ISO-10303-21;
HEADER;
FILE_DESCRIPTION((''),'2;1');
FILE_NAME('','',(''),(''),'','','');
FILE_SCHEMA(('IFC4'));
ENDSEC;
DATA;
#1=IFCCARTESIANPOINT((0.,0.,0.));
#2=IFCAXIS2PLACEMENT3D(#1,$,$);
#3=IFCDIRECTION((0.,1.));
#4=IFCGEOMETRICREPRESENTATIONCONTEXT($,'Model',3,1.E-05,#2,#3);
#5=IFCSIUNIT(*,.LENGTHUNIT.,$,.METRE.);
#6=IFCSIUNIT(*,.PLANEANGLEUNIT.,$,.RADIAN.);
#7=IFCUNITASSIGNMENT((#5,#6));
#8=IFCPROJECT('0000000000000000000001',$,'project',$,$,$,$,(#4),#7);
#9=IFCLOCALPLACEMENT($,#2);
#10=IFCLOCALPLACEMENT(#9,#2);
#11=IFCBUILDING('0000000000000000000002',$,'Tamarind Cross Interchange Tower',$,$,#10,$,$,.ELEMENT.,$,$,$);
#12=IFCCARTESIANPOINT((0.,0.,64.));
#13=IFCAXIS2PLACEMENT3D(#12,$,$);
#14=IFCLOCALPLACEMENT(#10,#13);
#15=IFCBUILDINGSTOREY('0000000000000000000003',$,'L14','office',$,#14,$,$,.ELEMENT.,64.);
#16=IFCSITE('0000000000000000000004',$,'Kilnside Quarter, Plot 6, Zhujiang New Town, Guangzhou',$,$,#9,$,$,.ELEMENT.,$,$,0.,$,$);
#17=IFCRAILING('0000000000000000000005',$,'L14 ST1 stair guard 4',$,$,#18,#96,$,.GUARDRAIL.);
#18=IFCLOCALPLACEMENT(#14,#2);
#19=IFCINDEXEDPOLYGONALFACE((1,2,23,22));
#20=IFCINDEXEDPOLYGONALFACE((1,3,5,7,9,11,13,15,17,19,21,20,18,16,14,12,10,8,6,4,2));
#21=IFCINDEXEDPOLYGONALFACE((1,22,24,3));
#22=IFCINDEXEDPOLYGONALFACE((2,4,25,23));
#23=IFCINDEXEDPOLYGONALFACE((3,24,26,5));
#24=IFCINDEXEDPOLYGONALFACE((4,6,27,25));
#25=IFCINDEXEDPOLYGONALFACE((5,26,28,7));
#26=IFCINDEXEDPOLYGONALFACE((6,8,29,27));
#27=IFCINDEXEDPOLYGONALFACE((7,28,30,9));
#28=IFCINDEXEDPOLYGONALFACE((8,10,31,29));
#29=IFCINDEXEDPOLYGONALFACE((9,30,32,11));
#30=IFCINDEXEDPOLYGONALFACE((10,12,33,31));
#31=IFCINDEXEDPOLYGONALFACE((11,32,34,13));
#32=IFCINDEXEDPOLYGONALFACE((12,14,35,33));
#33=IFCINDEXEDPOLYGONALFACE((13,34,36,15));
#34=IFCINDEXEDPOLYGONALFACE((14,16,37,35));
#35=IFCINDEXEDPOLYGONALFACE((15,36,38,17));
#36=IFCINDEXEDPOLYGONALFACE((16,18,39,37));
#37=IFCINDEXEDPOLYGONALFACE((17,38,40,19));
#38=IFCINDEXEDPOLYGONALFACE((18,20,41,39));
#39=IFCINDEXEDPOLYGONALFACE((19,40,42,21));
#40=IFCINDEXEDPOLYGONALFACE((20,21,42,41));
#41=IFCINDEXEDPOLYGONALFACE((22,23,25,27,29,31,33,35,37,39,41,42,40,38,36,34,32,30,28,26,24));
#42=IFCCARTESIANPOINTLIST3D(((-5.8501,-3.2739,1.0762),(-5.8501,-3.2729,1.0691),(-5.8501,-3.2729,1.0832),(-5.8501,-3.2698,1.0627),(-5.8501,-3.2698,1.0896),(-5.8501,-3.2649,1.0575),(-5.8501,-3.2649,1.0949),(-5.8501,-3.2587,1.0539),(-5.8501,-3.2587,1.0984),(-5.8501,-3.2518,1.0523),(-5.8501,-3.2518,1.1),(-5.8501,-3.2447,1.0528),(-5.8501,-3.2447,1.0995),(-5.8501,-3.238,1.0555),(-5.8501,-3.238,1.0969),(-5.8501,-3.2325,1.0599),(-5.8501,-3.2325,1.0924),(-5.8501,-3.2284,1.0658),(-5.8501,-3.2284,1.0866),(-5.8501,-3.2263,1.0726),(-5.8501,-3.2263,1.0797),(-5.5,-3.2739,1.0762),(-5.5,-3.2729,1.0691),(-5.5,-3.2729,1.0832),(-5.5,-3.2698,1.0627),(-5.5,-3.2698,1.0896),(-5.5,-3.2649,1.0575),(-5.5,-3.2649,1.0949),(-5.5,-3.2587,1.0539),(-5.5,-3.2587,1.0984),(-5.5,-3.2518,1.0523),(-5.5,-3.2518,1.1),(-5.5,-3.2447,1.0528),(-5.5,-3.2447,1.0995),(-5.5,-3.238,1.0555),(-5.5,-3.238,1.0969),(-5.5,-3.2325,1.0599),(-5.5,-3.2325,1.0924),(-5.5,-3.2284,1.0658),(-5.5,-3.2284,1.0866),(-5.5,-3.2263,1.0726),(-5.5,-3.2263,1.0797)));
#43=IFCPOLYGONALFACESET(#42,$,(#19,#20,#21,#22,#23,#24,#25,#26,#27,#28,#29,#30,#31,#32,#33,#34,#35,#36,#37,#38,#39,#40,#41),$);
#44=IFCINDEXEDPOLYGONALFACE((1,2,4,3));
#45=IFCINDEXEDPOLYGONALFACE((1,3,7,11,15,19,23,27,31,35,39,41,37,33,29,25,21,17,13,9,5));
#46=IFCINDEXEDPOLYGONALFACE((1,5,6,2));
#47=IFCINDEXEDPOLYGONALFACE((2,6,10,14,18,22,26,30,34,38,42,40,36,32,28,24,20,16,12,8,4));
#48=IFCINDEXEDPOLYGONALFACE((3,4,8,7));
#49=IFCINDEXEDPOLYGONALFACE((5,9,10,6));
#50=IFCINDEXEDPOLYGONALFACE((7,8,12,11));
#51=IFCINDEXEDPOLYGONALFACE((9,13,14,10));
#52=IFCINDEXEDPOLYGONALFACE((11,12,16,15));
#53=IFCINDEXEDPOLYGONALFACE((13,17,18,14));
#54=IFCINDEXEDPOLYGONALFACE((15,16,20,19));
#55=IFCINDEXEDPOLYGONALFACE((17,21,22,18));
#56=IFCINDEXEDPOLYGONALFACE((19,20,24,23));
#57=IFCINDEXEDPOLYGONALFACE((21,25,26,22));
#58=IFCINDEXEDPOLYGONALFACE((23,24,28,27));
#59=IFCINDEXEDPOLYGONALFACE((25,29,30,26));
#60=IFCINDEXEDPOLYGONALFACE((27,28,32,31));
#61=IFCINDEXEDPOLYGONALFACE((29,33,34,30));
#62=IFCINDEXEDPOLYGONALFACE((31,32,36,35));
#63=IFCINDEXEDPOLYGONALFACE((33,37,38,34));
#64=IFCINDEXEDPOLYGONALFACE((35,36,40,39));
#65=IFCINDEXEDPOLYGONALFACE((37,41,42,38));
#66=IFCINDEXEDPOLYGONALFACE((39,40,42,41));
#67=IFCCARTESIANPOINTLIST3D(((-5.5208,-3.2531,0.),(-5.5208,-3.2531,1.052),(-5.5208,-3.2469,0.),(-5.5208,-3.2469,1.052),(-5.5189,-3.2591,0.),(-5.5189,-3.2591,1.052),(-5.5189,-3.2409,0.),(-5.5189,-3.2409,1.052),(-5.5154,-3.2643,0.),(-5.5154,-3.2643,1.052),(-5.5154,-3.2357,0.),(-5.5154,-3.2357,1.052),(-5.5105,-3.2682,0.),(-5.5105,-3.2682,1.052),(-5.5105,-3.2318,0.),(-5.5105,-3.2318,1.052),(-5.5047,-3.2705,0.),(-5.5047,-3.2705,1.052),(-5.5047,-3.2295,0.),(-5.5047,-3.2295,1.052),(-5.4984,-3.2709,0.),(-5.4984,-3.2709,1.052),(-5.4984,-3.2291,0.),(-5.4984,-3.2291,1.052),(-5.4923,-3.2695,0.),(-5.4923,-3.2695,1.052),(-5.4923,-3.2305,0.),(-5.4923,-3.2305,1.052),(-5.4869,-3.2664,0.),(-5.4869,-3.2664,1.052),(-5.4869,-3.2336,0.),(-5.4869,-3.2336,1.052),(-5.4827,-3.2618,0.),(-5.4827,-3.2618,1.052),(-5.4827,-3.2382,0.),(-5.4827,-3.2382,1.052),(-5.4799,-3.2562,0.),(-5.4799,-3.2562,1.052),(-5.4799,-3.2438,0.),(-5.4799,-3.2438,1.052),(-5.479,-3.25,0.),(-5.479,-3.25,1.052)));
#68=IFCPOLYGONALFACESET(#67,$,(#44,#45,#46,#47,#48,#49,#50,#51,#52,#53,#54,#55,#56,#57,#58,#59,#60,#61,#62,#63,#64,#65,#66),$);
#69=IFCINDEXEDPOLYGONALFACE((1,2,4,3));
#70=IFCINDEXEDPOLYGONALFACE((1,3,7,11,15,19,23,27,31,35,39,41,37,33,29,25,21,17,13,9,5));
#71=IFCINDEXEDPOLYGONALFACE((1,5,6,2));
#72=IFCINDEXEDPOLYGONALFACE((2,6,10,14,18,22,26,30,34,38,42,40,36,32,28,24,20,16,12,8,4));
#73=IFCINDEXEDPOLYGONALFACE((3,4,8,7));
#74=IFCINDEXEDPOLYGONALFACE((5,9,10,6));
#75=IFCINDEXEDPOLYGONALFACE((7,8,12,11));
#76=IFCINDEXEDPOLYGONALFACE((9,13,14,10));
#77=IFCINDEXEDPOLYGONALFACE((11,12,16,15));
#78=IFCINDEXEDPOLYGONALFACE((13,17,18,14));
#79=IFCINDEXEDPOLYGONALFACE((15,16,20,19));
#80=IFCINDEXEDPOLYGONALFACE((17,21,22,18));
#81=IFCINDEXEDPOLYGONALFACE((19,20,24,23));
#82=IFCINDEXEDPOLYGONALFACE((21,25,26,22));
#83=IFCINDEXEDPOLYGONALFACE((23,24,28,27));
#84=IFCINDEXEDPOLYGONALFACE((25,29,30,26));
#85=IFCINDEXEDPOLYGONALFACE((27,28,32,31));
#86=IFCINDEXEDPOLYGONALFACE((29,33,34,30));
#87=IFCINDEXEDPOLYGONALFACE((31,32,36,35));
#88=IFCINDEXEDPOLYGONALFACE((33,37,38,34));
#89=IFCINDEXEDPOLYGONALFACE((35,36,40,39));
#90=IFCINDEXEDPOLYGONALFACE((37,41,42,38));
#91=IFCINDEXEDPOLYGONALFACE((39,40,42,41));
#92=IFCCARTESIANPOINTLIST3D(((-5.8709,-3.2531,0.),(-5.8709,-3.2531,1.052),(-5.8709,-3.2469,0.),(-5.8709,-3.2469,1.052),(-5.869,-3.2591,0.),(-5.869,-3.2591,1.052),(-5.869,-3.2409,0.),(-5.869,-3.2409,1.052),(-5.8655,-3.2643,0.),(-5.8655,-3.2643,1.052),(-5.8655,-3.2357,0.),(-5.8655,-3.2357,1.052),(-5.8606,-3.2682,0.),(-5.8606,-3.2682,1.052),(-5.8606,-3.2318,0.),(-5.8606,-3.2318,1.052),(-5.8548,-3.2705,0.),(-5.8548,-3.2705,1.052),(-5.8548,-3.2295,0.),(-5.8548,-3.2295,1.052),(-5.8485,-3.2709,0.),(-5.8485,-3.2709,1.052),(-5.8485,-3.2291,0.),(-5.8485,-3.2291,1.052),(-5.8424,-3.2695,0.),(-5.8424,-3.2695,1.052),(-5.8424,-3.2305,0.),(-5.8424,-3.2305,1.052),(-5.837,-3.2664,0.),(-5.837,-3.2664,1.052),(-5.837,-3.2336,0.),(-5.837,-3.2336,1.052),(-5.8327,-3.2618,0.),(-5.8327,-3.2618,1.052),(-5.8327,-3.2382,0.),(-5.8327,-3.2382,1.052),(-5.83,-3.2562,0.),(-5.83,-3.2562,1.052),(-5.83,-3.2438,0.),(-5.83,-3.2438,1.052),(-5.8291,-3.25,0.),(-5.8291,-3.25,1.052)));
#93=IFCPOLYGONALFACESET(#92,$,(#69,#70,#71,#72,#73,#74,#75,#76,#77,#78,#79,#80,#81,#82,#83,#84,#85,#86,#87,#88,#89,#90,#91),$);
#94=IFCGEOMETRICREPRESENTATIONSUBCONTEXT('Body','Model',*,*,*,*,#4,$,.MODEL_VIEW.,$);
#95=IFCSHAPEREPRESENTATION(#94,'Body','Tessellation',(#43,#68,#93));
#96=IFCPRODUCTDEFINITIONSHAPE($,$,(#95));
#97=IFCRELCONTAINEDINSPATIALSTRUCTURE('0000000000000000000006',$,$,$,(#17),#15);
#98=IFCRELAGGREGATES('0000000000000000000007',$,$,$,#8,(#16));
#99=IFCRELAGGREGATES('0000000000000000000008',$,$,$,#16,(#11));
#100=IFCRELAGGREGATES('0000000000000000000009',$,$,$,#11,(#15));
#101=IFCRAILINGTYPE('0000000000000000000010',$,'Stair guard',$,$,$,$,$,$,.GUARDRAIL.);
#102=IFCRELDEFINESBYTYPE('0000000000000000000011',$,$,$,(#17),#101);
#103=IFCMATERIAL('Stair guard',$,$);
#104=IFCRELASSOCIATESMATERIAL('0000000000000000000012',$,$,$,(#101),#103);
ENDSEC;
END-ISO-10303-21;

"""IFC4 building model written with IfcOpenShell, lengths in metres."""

from ifc_helpers import new_model, si_unit, direction, frame, origin, origin_2d, place, context, subcontext, project, spatial, circle, extrude, material, type_object, element, save


model = new_model("IFC4")

# Units and contexts
model_context = context("Model", 3, precision=1e-05, world=origin(), true_north=direction((0.0, 1.0)))
body_context = subcontext(model_context, "Body", "Model", "MODEL_VIEW")
ifc_project = project(units=[si_unit("LENGTHUNIT", "METRE"), si_unit("PLANEANGLEUNIT", "RADIAN")], contexts=[model_context])

# Site, building, storey
site_placement = place(None, origin())
site = spatial("IfcSite", under=ifc_project, at=site_placement, Name="Kilnside Quarter, Plot 6, Zhujiang New Town, Guangzhou", CompositionType="ELEMENT", RefElevation=0.0)
building_placement = place(site_placement, origin())
building = spatial("IfcBuilding", under=site, at=building_placement, Name="Tamarind Cross Interchange Tower", CompositionType="ELEMENT")
storey_placement = place(building_placement, frame((0.0, 0.0, 64.0)))
storey = spatial("IfcBuildingStorey", under=building, at=storey_placement, Name="L14", Description="office", CompositionType="ELEMENT", Elevation=64.0)

# Railing
ifc_material_1 = material(Name="Stair guard")
railing_type_1 = type_object("IfcRailingType", Name="Stair guard", PredefinedType="GUARDRAIL", material=ifc_material_1)
railing_1_placement = place(storey_placement, frame((-5.5, -3.25, 0.0)))
element("IfcRailing", 1, at=railing_1_placement, inside=storey, type_object=railing_type_1, Name="L14 ST1 stair guard 4", PredefinedType="GUARDRAIL", context=body_context, shape_type="SweptSolid", body=[
    extrude(circle(Radius=0.0239, at=origin_2d()), frame((0.0, 0.0, 1.0762), z_axis=(-1.0, 0.0, 0.0), x_axis=(0.0, -1.0, 0.0)), (0.0, 0.0, 1.0), 0.3501),
    extrude(circle(Radius=0.021, at=origin_2d()), origin(), (0.0, 0.0, 1.0), 1.052),
    extrude(circle(Radius=0.021, at=origin_2d()), frame((-0.3501, 0.0, 0.0)), (0.0, 0.0, 1.0), 1.052),
])

save(model, "model.ifc")
